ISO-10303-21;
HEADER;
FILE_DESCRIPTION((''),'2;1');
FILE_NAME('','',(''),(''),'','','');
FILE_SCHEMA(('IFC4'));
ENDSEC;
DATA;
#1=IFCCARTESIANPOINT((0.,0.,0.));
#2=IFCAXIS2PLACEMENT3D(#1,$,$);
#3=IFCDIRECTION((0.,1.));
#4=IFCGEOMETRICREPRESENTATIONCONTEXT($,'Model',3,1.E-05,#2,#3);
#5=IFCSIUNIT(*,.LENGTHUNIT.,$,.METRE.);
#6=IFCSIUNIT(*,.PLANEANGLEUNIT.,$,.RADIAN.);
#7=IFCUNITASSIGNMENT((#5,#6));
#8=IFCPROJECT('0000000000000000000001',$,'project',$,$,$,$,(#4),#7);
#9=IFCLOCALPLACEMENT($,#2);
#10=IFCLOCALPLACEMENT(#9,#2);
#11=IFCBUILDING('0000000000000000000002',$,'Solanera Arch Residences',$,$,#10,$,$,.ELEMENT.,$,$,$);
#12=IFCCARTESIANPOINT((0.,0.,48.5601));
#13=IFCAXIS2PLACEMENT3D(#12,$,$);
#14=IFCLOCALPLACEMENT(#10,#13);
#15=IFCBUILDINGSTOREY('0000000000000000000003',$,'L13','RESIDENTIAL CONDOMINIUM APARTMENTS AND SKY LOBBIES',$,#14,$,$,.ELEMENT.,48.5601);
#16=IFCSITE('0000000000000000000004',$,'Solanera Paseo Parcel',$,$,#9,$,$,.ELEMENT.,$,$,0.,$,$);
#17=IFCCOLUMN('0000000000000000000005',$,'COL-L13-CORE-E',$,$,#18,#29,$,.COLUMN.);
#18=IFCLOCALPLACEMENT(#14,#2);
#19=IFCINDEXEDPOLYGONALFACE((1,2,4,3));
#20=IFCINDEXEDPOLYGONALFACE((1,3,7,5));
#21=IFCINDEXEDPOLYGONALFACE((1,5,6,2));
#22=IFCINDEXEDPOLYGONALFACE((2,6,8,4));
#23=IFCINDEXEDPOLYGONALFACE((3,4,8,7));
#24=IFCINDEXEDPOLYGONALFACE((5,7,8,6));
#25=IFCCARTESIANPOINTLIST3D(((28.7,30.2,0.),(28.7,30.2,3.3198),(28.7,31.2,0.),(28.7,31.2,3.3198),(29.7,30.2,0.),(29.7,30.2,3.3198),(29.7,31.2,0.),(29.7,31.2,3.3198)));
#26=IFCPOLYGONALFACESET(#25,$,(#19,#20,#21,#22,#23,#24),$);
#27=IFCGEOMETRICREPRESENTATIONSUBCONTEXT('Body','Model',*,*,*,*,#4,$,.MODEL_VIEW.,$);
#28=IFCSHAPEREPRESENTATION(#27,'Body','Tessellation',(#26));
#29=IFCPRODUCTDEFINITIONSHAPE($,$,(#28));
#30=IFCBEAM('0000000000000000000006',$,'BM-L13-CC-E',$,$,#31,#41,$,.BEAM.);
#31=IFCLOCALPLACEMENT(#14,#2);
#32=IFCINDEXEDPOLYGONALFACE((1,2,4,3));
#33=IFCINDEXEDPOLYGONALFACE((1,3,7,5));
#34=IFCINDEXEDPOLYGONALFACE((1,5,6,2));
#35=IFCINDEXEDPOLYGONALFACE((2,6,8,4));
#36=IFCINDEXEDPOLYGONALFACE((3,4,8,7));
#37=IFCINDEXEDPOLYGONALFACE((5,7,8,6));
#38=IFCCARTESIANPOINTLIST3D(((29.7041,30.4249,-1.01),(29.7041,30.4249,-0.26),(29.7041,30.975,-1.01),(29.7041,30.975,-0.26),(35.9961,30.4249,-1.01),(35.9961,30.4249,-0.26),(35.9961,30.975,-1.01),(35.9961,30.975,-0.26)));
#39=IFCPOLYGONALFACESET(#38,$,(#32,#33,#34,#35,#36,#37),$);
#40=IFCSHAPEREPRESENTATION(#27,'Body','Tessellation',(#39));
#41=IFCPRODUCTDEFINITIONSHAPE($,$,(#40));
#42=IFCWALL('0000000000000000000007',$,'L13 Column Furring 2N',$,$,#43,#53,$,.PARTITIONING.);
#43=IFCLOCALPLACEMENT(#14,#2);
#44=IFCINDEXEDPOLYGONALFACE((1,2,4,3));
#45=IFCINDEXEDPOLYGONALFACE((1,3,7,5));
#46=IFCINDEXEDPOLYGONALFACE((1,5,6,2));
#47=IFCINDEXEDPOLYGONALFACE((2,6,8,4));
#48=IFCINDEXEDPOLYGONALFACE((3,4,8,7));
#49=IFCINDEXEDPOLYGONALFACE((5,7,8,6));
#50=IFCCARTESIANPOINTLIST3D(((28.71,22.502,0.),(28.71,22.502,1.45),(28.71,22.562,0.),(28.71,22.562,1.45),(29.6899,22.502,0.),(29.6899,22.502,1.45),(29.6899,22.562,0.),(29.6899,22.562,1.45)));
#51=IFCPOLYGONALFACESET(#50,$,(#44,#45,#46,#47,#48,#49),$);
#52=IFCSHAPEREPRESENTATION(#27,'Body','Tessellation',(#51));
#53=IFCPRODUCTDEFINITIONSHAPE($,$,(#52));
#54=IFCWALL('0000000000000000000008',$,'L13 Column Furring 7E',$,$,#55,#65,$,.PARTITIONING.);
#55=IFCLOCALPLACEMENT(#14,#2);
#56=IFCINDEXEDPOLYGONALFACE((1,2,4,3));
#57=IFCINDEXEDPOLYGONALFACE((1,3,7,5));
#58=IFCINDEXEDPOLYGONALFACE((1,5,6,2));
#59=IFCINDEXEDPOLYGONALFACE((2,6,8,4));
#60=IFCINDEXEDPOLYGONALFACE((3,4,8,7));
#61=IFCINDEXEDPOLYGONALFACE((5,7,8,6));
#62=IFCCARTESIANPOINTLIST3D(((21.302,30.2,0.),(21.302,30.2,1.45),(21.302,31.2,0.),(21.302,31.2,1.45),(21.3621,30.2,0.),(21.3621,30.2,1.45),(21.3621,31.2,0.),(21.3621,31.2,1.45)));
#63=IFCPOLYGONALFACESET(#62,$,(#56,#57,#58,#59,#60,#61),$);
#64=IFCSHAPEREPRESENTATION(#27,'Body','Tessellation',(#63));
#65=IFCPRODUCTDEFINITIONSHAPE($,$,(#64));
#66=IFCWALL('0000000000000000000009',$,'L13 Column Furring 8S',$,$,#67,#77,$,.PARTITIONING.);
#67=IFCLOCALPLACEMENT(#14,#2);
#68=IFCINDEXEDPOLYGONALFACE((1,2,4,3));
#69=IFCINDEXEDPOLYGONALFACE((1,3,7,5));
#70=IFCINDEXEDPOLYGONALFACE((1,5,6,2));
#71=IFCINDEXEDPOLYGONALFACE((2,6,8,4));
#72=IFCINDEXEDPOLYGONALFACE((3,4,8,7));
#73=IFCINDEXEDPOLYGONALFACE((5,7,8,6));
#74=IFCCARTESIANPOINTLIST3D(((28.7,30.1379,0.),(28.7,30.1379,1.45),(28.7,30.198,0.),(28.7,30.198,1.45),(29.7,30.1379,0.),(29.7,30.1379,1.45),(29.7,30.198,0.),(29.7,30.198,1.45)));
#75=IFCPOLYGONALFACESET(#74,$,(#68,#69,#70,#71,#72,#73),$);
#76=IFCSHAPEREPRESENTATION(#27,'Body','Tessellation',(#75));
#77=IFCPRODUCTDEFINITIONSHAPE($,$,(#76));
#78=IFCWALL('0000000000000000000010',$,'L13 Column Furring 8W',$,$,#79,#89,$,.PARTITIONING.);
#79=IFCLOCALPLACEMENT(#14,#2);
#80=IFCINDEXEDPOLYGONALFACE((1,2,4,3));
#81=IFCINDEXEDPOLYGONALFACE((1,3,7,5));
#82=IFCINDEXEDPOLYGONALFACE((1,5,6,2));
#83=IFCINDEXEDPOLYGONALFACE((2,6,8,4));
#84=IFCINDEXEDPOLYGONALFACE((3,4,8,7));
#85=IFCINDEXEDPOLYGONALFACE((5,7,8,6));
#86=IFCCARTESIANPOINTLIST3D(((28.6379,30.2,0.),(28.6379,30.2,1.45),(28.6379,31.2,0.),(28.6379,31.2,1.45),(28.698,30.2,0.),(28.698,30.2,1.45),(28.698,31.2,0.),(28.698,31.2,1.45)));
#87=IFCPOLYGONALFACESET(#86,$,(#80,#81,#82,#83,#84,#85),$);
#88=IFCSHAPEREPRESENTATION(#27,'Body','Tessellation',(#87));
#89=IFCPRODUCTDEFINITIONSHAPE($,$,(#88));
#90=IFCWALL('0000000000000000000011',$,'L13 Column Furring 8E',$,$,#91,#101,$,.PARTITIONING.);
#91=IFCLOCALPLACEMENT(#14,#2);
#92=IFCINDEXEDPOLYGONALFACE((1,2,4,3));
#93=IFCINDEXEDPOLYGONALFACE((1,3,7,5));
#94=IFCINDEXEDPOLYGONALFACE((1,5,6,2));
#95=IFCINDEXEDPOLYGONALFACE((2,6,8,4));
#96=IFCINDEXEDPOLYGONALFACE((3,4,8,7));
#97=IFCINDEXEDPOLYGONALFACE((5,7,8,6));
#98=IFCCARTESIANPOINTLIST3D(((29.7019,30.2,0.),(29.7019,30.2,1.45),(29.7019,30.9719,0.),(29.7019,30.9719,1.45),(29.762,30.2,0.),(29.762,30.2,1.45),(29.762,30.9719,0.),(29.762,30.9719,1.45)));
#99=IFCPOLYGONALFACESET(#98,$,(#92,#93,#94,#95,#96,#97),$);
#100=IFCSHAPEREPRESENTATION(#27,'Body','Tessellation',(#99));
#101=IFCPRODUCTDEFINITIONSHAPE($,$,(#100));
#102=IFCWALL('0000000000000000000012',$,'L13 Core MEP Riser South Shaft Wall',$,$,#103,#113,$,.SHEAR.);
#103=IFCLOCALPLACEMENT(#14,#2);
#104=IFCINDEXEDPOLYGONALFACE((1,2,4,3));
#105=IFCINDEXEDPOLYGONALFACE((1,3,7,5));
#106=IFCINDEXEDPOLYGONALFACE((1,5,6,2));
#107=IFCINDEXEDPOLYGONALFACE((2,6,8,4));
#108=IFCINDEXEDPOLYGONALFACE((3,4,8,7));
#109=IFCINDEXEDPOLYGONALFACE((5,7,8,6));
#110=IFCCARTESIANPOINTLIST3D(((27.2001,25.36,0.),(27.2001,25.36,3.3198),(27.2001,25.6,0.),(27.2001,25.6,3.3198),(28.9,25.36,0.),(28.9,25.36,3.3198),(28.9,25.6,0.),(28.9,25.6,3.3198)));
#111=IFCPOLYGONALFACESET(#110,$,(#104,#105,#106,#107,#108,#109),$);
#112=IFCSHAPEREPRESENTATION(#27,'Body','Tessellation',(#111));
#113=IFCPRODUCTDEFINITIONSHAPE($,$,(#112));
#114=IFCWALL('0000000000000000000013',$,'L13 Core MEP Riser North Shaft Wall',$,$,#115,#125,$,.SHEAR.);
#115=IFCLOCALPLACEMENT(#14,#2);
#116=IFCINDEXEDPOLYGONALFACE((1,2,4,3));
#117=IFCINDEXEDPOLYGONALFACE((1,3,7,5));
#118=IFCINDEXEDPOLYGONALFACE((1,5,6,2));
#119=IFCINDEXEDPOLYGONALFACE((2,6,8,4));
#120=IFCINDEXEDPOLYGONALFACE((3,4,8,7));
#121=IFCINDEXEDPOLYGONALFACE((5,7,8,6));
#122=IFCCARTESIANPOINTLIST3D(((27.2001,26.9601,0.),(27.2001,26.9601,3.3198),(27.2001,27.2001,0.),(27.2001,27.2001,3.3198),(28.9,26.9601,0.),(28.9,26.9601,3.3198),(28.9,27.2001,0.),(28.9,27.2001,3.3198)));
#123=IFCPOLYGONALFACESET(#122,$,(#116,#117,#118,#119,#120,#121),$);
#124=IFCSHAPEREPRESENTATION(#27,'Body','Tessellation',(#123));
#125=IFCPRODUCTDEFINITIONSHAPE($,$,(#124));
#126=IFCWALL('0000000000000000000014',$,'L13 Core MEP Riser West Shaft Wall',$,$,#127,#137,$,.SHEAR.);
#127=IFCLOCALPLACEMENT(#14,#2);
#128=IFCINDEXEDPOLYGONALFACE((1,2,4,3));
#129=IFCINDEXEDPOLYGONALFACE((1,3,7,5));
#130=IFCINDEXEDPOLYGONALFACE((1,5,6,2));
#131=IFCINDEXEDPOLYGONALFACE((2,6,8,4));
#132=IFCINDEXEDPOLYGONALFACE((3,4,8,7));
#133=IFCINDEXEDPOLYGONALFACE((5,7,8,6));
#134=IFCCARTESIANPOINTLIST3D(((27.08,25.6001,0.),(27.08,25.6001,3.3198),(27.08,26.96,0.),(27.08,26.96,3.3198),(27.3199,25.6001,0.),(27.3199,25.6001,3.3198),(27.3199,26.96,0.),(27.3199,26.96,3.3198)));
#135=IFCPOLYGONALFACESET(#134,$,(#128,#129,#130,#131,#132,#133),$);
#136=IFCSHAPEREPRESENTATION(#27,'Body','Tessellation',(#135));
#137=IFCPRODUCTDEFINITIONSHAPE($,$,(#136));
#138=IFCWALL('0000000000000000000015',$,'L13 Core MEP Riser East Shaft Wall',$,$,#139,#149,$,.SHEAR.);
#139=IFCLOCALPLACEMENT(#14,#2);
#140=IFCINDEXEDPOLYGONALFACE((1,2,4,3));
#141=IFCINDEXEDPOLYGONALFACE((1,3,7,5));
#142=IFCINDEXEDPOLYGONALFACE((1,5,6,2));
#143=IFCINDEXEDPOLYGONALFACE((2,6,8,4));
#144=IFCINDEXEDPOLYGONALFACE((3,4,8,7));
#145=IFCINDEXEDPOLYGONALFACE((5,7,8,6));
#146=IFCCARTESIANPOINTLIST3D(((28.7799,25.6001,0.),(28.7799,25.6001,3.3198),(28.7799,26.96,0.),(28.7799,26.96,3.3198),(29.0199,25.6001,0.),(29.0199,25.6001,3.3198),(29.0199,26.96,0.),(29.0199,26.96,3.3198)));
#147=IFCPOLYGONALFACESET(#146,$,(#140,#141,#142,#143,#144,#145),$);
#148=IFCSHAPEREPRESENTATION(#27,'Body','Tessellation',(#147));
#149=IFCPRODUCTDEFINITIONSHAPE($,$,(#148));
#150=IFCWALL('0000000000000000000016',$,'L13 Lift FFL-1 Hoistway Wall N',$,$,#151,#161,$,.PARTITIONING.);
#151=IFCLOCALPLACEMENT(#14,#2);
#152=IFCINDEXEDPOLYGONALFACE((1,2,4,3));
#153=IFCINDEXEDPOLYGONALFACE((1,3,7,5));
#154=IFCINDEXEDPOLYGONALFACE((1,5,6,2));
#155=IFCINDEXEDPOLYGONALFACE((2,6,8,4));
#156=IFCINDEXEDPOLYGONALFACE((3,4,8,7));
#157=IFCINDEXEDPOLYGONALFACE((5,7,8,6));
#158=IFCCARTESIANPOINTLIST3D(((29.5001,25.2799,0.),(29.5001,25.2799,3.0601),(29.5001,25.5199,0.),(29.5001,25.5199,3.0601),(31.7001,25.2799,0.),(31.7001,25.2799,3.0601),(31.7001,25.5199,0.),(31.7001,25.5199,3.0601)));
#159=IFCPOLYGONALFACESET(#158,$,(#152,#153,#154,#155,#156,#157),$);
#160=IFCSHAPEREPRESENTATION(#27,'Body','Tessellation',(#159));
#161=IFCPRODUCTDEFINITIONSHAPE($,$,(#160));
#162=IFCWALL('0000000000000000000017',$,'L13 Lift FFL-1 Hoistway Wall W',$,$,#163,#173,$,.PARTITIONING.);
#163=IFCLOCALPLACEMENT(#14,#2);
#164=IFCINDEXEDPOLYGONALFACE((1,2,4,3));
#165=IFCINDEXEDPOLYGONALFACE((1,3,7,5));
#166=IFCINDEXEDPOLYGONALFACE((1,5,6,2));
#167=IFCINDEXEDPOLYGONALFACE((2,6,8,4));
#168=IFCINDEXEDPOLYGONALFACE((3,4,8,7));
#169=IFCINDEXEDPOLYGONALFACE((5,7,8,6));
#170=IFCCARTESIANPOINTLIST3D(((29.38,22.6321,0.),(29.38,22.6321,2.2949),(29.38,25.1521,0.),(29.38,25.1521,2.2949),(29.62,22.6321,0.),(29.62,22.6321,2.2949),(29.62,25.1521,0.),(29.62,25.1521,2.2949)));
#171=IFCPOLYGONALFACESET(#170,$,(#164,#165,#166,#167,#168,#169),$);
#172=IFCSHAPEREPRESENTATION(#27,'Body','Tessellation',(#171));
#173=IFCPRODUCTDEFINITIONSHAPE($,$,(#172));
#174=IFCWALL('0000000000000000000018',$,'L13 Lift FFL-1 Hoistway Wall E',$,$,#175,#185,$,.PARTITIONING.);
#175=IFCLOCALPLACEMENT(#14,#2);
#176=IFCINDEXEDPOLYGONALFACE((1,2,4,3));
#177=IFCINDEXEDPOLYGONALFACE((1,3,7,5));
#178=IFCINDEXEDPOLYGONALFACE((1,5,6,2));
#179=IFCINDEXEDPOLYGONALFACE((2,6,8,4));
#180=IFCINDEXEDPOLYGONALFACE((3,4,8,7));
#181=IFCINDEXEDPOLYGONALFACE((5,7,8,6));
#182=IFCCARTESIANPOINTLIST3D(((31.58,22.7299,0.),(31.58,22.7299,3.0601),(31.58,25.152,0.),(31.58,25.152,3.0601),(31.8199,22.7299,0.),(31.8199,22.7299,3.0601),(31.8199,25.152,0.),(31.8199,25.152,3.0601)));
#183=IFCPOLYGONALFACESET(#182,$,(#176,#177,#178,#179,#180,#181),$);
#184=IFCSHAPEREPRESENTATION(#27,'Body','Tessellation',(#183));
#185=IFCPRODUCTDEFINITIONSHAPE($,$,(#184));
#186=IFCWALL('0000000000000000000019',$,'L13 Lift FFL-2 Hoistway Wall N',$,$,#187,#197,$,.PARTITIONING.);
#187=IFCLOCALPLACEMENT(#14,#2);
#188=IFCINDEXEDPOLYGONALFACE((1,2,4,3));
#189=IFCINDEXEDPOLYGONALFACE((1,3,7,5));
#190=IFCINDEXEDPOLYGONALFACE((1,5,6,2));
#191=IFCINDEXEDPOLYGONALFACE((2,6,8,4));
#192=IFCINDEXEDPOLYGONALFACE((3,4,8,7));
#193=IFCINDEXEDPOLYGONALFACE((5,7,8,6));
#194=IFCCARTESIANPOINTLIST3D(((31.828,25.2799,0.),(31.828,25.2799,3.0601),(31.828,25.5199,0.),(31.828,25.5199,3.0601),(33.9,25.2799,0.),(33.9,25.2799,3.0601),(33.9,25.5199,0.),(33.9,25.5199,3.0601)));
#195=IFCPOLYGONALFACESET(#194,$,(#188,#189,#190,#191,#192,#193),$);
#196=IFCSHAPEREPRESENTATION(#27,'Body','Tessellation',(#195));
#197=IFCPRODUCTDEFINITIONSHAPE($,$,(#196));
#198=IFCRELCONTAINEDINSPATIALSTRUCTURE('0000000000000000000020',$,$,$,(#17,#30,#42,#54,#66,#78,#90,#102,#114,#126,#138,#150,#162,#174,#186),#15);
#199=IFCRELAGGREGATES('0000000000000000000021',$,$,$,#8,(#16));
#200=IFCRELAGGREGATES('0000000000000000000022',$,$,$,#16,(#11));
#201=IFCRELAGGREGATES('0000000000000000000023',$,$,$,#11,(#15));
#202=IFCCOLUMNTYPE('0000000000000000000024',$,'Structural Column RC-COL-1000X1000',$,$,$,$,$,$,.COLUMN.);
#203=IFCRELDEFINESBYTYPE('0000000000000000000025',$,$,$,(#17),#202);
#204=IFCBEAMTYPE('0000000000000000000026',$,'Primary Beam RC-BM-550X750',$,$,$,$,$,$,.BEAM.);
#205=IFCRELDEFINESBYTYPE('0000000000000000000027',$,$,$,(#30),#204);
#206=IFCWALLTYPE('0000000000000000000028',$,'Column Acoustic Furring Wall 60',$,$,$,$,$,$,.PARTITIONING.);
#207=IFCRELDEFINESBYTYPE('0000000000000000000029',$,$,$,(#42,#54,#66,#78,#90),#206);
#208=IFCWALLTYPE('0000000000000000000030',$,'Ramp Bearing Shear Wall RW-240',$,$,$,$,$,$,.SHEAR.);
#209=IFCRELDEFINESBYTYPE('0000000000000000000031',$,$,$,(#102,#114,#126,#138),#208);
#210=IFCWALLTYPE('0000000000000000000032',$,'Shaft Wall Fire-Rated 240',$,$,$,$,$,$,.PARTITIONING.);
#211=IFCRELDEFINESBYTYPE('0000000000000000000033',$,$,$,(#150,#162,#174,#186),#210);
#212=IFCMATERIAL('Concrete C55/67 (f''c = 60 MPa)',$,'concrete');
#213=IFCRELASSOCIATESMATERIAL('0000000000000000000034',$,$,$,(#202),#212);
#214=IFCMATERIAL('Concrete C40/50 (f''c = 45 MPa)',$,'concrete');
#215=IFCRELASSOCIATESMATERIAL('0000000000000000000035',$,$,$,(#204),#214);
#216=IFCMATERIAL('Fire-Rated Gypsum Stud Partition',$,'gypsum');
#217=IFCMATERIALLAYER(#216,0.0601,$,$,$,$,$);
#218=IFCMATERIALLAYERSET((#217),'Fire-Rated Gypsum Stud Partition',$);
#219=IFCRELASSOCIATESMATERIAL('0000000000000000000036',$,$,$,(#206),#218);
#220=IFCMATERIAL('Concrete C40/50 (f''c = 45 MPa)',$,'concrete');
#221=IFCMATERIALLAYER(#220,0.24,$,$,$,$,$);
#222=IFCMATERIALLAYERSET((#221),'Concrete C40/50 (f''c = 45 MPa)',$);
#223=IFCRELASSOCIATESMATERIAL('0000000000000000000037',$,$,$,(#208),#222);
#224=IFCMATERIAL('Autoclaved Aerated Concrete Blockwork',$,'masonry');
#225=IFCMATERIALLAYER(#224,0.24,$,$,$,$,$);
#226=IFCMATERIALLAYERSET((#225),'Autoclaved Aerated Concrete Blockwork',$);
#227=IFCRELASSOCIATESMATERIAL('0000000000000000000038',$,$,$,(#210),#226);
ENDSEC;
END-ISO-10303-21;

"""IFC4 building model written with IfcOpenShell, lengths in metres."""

from ifc_helpers import new_model, si_unit, direction, frame, frame_2d, origin, origin_2d, place, context, subcontext, project, spatial, rectangle, extrude, material, layer, layer_set, material_profile, profile_set, type_object, element, save


model = new_model("IFC4")

# Units and contexts
model_context = context("Model", 3, precision=1e-05, world=origin(), true_north=direction((0.0, 1.0)))
body_context = subcontext(model_context, "Body", "Model", "MODEL_VIEW")
ifc_project = project(units=[si_unit("LENGTHUNIT", "METRE"), si_unit("PLANEANGLEUNIT", "RADIAN")], contexts=[model_context])

# Site, building, storey
site_placement = place(None, origin())
site = spatial("IfcSite", under=ifc_project, at=site_placement, Name="Solanera Paseo Parcel", CompositionType="ELEMENT", RefElevation=0.0)
building_placement = place(site_placement, origin())
building = spatial("IfcBuilding", under=site, at=building_placement, Name="Solanera Arch Residences", CompositionType="ELEMENT")
storey_placement = place(building_placement, frame((0.0, 0.0, 48.5601)))
storey = spatial("IfcBuildingStorey", under=building, at=storey_placement, Name="L13", Description="RESIDENTIAL CONDOMINIUM APARTMENTS AND SKY LOBBIES", CompositionType="ELEMENT", Elevation=48.5601)

# Column
ifc_material_1 = material(Name="Concrete C55/67 (f'c = 60 MPa)", Category="concrete")
ifc_material_profile_1 = material_profile(ifc_material_1, rectangle(XDim=1.0, YDim=1.0, at=origin_2d()))
ifc_profile_set_1 = profile_set([ifc_material_profile_1], Name="Concrete C55/67 (f'c = 60 MPa)")
column_type = type_object("IfcColumnType", Name="Structural Column RC-COL-1000X1000", PredefinedType="COLUMN", material=ifc_profile_set_1)
column_placement = place(storey_placement, frame((29.2, 30.7, 0.0), z_axis=(0.0, 0.0, 1.0), x_axis=(1.0, 0.0, 0.0)))
element("IfcColumn", 1, at=column_placement, inside=storey, type_object=column_type, Name="COL-L13-CORE-E", PredefinedType="COLUMN", context=body_context, shape_type="SweptSolid", body=[
    extrude(rectangle(XDim=1.0, YDim=1.0, at=origin_2d()), origin(), (0.0, 0.0, 1.0), 3.3198),
])

# Beam
ifc_material_2 = material(Name="Concrete C40/50 (f'c = 45 MPa)", Category="concrete")
ifc_material_profile_2 = material_profile(ifc_material_2, rectangle(XDim=0.55, YDim=0.75, at=origin_2d()))
ifc_profile_set_2 = profile_set([ifc_material_profile_2], Name="Concrete C40/50 (f'c = 45 MPa)")
beam_type = type_object("IfcBeamType", Name="Primary Beam RC-BM-550X750", PredefinedType="BEAM", material=ifc_profile_set_2)
beam_placement = place(storey_placement, frame((29.7041, 30.7, -0.635), z_axis=(1.0, 0.0, 0.0), x_axis=(0.0, 1.0, 0.0)))
element("IfcBeam", 2, at=beam_placement, inside=storey, type_object=beam_type, Name="BM-L13-CC-E", PredefinedType="BEAM", context=body_context, shape_type="SweptSolid", body=[
    extrude(rectangle(XDim=0.55, YDim=0.75, at=origin_2d()), origin(), (0.0, 0.0, 1.0), 6.292),
])

# Walls
ifc_material_3 = material(Name="Fire-Rated Gypsum Stud Partition", Category="gypsum")
ifc_layer_1 = layer(ifc_material_3, 0.0601)
ifc_layer_set_1 = layer_set([ifc_layer_1], Name="Fire-Rated Gypsum Stud Partition")
wall_type_1 = type_object("IfcWallType", Name="Column Acoustic Furring Wall 60", PredefinedType="PARTITIONING", material=ifc_layer_set_1)
wall_1_placement = place(storey_placement, frame((28.71, 22.532, 0.0), z_axis=(0.0, 0.0, 1.0), x_axis=(1.0, 0.0, 0.0)))
element("IfcWall", 3, at=wall_1_placement, inside=storey, type_object=wall_type_1, Name="L13 Column Furring 2N", PredefinedType="PARTITIONING", context=body_context, shape_type="SweptSolid", body=[
    extrude(rectangle(XDim=0.98, YDim=0.0601, at=frame_2d((0.49, 0.0))), origin(), (0.0, 0.0, 1.0), 1.45),
])
for number, where, z_axis, x_axis, name in (
    (4, (21.332, 30.2, 0.0), (0.0, 0.0, 1.0), (0.0, 1.0, 0.0), "L13 Column Furring 7E"),
    (5, (28.7, 30.168, 0.0), (0.0, 0.0, 1.0), (1.0, 0.0, 0.0), "L13 Column Furring 8S"),
    (6, (28.668, 30.2, 0.0), (0.0, 0.0, 1.0), (0.0, 1.0, 0.0), "L13 Column Furring 8W"),
):
    element("IfcWall", number, at=place(storey_placement, frame(where, z_axis=z_axis, x_axis=x_axis)), inside=storey, type_object=wall_type_1, Name=name, PredefinedType="PARTITIONING", context=body_context, shape_type="SweptSolid", body=[
        extrude(rectangle(XDim=1.0, YDim=0.0601, at=frame_2d((0.5, 0.0))), origin(), (0.0, 0.0, 1.0), 1.45),
    ])
wall_2_placement = place(storey_placement, frame((29.7319, 30.2, 0.0), z_axis=(0.0, 0.0, 1.0), x_axis=(0.0, 1.0, 0.0)))
element("IfcWall", 7, at=wall_2_placement, inside=storey, type_object=wall_type_1, Name="L13 Column Furring 8E", PredefinedType="PARTITIONING", context=body_context, shape_type="SweptSolid", body=[
    extrude(rectangle(XDim=0.772, YDim=0.0601, at=frame_2d((0.386, 0.0))), origin(), (0.0, 0.0, 1.0), 1.45),
])
ifc_material_4 = material(Name="Concrete C40/50 (f'c = 45 MPa)", Category="concrete")
ifc_layer_2 = layer(ifc_material_4, 0.24)
ifc_layer_set_2 = layer_set([ifc_layer_2], Name="Concrete C40/50 (f'c = 45 MPa)")
wall_type_2 = type_object("IfcWallType", Name="Ramp Bearing Shear Wall RW-240", PredefinedType="SHEAR", material=ifc_layer_set_2)
for number, where, z_axis, x_axis, name in (
    (8, (27.2, 25.48, 0.0), (0.0, 0.0, 1.0), (1.0, 0.0, 0.0), "L13 Core MEP Riser South Shaft Wall"),
    (9, (27.2, 27.0801, 0.0), (0.0, 0.0, 1.0), (1.0, 0.0, 0.0), "L13 Core MEP Riser North Shaft Wall"),
):
    element("IfcWall", number, at=place(storey_placement, frame(where, z_axis=z_axis, x_axis=x_axis)), inside=storey, type_object=wall_type_2, Name=name, PredefinedType="SHEAR", context=body_context, shape_type="SweptSolid", body=[
        extrude(rectangle(XDim=1.7, YDim=0.24, at=frame_2d((0.8501, 0.0))), origin(), (0.0, 0.0, 1.0), 3.3198),
    ])
for number, where, z_axis, x_axis, name in (
    (10, (27.2, 25.6001, 0.0), (0.0, 0.0, 1.0), (0.0, 1.0, 0.0), "L13 Core MEP Riser West Shaft Wall"),
    (11, (28.8999, 25.6001, 0.0), (0.0, 0.0, 1.0), (0.0, 1.0, 0.0), "L13 Core MEP Riser East Shaft Wall"),
):
    element("IfcWall", number, at=place(storey_placement, frame(where, z_axis=z_axis, x_axis=x_axis)), inside=storey, type_object=wall_type_2, Name=name, PredefinedType="SHEAR", context=body_context, shape_type="SweptSolid", body=[
        extrude(rectangle(XDim=1.3599, YDim=0.24, at=frame_2d((0.6799, 0.0))), origin(), (0.0, 0.0, 1.0), 3.3198),
    ])
ifc_material_5 = material(Name="Autoclaved Aerated Concrete Blockwork", Category="masonry")
ifc_layer_3 = layer(ifc_material_5, 0.24)
ifc_layer_set_3 = layer_set([ifc_layer_3], Name="Autoclaved Aerated Concrete Blockwork")
wall_type_3 = type_object("IfcWallType", Name="Shaft Wall Fire-Rated 240", PredefinedType="PARTITIONING", material=ifc_layer_set_3)
wall_3_placement = place(storey_placement, frame((29.5, 25.3999, 0.0), z_axis=(0.0, 0.0, 1.0), x_axis=(1.0, 0.0, 0.0)))
element("IfcWall", 12, at=wall_3_placement, inside=storey, type_object=wall_type_3, Name="L13 Lift FFL-1 Hoistway Wall N", PredefinedType="PARTITIONING", context=body_context, shape_type="SweptSolid", body=[
    extrude(rectangle(XDim=2.2, YDim=0.24, at=frame_2d((1.1001, 0.0))), origin(), (0.0, 0.0, 1.0), 3.0601),
])
wall_4_placement = place(storey_placement, frame((29.5, 22.6321, 0.0), z_axis=(0.0, 0.0, 1.0), x_axis=(0.0, 1.0, 0.0)))
element("IfcWall", 13, at=wall_4_placement, inside=storey, type_object=wall_type_3, Name="L13 Lift FFL-1 Hoistway Wall W", PredefinedType="PARTITIONING", context=body_context, shape_type="SweptSolid", body=[
    extrude(rectangle(XDim=2.52, YDim=0.24, at=frame_2d((1.26, 0.0))), origin(), (0.0, 0.0, 1.0), 2.2949),
])
wall_5_placement = place(storey_placement, frame((31.7, 22.73, 0.0), z_axis=(0.0, 0.0, 1.0), x_axis=(0.0, 1.0, 0.0)))
element("IfcWall", 14, at=wall_5_placement, inside=storey, type_object=wall_type_3, Name="L13 Lift FFL-1 Hoistway Wall E", PredefinedType="PARTITIONING", context=body_context, shape_type="SweptSolid", body=[
    extrude(rectangle(XDim=2.4221, YDim=0.24, at=frame_2d((1.2109, 0.0))), origin(), (0.0, 0.0, 1.0), 3.0601),
])
wall_6_placement = place(storey_placement, frame((31.8279, 25.3999, 0.0), z_axis=(0.0, 0.0, 1.0), x_axis=(1.0, 0.0, 0.0)))
element("IfcWall", 15, at=wall_6_placement, inside=storey, type_object=wall_type_3, Name="L13 Lift FFL-2 Hoistway Wall N", PredefinedType="PARTITIONING", context=body_context, shape_type="SweptSolid", body=[
    extrude(rectangle(XDim=2.072, YDim=0.24, at=frame_2d((1.0361, 0.0))), origin(), (0.0, 0.0, 1.0), 3.0601),
])

save(model, "model.ifc")
